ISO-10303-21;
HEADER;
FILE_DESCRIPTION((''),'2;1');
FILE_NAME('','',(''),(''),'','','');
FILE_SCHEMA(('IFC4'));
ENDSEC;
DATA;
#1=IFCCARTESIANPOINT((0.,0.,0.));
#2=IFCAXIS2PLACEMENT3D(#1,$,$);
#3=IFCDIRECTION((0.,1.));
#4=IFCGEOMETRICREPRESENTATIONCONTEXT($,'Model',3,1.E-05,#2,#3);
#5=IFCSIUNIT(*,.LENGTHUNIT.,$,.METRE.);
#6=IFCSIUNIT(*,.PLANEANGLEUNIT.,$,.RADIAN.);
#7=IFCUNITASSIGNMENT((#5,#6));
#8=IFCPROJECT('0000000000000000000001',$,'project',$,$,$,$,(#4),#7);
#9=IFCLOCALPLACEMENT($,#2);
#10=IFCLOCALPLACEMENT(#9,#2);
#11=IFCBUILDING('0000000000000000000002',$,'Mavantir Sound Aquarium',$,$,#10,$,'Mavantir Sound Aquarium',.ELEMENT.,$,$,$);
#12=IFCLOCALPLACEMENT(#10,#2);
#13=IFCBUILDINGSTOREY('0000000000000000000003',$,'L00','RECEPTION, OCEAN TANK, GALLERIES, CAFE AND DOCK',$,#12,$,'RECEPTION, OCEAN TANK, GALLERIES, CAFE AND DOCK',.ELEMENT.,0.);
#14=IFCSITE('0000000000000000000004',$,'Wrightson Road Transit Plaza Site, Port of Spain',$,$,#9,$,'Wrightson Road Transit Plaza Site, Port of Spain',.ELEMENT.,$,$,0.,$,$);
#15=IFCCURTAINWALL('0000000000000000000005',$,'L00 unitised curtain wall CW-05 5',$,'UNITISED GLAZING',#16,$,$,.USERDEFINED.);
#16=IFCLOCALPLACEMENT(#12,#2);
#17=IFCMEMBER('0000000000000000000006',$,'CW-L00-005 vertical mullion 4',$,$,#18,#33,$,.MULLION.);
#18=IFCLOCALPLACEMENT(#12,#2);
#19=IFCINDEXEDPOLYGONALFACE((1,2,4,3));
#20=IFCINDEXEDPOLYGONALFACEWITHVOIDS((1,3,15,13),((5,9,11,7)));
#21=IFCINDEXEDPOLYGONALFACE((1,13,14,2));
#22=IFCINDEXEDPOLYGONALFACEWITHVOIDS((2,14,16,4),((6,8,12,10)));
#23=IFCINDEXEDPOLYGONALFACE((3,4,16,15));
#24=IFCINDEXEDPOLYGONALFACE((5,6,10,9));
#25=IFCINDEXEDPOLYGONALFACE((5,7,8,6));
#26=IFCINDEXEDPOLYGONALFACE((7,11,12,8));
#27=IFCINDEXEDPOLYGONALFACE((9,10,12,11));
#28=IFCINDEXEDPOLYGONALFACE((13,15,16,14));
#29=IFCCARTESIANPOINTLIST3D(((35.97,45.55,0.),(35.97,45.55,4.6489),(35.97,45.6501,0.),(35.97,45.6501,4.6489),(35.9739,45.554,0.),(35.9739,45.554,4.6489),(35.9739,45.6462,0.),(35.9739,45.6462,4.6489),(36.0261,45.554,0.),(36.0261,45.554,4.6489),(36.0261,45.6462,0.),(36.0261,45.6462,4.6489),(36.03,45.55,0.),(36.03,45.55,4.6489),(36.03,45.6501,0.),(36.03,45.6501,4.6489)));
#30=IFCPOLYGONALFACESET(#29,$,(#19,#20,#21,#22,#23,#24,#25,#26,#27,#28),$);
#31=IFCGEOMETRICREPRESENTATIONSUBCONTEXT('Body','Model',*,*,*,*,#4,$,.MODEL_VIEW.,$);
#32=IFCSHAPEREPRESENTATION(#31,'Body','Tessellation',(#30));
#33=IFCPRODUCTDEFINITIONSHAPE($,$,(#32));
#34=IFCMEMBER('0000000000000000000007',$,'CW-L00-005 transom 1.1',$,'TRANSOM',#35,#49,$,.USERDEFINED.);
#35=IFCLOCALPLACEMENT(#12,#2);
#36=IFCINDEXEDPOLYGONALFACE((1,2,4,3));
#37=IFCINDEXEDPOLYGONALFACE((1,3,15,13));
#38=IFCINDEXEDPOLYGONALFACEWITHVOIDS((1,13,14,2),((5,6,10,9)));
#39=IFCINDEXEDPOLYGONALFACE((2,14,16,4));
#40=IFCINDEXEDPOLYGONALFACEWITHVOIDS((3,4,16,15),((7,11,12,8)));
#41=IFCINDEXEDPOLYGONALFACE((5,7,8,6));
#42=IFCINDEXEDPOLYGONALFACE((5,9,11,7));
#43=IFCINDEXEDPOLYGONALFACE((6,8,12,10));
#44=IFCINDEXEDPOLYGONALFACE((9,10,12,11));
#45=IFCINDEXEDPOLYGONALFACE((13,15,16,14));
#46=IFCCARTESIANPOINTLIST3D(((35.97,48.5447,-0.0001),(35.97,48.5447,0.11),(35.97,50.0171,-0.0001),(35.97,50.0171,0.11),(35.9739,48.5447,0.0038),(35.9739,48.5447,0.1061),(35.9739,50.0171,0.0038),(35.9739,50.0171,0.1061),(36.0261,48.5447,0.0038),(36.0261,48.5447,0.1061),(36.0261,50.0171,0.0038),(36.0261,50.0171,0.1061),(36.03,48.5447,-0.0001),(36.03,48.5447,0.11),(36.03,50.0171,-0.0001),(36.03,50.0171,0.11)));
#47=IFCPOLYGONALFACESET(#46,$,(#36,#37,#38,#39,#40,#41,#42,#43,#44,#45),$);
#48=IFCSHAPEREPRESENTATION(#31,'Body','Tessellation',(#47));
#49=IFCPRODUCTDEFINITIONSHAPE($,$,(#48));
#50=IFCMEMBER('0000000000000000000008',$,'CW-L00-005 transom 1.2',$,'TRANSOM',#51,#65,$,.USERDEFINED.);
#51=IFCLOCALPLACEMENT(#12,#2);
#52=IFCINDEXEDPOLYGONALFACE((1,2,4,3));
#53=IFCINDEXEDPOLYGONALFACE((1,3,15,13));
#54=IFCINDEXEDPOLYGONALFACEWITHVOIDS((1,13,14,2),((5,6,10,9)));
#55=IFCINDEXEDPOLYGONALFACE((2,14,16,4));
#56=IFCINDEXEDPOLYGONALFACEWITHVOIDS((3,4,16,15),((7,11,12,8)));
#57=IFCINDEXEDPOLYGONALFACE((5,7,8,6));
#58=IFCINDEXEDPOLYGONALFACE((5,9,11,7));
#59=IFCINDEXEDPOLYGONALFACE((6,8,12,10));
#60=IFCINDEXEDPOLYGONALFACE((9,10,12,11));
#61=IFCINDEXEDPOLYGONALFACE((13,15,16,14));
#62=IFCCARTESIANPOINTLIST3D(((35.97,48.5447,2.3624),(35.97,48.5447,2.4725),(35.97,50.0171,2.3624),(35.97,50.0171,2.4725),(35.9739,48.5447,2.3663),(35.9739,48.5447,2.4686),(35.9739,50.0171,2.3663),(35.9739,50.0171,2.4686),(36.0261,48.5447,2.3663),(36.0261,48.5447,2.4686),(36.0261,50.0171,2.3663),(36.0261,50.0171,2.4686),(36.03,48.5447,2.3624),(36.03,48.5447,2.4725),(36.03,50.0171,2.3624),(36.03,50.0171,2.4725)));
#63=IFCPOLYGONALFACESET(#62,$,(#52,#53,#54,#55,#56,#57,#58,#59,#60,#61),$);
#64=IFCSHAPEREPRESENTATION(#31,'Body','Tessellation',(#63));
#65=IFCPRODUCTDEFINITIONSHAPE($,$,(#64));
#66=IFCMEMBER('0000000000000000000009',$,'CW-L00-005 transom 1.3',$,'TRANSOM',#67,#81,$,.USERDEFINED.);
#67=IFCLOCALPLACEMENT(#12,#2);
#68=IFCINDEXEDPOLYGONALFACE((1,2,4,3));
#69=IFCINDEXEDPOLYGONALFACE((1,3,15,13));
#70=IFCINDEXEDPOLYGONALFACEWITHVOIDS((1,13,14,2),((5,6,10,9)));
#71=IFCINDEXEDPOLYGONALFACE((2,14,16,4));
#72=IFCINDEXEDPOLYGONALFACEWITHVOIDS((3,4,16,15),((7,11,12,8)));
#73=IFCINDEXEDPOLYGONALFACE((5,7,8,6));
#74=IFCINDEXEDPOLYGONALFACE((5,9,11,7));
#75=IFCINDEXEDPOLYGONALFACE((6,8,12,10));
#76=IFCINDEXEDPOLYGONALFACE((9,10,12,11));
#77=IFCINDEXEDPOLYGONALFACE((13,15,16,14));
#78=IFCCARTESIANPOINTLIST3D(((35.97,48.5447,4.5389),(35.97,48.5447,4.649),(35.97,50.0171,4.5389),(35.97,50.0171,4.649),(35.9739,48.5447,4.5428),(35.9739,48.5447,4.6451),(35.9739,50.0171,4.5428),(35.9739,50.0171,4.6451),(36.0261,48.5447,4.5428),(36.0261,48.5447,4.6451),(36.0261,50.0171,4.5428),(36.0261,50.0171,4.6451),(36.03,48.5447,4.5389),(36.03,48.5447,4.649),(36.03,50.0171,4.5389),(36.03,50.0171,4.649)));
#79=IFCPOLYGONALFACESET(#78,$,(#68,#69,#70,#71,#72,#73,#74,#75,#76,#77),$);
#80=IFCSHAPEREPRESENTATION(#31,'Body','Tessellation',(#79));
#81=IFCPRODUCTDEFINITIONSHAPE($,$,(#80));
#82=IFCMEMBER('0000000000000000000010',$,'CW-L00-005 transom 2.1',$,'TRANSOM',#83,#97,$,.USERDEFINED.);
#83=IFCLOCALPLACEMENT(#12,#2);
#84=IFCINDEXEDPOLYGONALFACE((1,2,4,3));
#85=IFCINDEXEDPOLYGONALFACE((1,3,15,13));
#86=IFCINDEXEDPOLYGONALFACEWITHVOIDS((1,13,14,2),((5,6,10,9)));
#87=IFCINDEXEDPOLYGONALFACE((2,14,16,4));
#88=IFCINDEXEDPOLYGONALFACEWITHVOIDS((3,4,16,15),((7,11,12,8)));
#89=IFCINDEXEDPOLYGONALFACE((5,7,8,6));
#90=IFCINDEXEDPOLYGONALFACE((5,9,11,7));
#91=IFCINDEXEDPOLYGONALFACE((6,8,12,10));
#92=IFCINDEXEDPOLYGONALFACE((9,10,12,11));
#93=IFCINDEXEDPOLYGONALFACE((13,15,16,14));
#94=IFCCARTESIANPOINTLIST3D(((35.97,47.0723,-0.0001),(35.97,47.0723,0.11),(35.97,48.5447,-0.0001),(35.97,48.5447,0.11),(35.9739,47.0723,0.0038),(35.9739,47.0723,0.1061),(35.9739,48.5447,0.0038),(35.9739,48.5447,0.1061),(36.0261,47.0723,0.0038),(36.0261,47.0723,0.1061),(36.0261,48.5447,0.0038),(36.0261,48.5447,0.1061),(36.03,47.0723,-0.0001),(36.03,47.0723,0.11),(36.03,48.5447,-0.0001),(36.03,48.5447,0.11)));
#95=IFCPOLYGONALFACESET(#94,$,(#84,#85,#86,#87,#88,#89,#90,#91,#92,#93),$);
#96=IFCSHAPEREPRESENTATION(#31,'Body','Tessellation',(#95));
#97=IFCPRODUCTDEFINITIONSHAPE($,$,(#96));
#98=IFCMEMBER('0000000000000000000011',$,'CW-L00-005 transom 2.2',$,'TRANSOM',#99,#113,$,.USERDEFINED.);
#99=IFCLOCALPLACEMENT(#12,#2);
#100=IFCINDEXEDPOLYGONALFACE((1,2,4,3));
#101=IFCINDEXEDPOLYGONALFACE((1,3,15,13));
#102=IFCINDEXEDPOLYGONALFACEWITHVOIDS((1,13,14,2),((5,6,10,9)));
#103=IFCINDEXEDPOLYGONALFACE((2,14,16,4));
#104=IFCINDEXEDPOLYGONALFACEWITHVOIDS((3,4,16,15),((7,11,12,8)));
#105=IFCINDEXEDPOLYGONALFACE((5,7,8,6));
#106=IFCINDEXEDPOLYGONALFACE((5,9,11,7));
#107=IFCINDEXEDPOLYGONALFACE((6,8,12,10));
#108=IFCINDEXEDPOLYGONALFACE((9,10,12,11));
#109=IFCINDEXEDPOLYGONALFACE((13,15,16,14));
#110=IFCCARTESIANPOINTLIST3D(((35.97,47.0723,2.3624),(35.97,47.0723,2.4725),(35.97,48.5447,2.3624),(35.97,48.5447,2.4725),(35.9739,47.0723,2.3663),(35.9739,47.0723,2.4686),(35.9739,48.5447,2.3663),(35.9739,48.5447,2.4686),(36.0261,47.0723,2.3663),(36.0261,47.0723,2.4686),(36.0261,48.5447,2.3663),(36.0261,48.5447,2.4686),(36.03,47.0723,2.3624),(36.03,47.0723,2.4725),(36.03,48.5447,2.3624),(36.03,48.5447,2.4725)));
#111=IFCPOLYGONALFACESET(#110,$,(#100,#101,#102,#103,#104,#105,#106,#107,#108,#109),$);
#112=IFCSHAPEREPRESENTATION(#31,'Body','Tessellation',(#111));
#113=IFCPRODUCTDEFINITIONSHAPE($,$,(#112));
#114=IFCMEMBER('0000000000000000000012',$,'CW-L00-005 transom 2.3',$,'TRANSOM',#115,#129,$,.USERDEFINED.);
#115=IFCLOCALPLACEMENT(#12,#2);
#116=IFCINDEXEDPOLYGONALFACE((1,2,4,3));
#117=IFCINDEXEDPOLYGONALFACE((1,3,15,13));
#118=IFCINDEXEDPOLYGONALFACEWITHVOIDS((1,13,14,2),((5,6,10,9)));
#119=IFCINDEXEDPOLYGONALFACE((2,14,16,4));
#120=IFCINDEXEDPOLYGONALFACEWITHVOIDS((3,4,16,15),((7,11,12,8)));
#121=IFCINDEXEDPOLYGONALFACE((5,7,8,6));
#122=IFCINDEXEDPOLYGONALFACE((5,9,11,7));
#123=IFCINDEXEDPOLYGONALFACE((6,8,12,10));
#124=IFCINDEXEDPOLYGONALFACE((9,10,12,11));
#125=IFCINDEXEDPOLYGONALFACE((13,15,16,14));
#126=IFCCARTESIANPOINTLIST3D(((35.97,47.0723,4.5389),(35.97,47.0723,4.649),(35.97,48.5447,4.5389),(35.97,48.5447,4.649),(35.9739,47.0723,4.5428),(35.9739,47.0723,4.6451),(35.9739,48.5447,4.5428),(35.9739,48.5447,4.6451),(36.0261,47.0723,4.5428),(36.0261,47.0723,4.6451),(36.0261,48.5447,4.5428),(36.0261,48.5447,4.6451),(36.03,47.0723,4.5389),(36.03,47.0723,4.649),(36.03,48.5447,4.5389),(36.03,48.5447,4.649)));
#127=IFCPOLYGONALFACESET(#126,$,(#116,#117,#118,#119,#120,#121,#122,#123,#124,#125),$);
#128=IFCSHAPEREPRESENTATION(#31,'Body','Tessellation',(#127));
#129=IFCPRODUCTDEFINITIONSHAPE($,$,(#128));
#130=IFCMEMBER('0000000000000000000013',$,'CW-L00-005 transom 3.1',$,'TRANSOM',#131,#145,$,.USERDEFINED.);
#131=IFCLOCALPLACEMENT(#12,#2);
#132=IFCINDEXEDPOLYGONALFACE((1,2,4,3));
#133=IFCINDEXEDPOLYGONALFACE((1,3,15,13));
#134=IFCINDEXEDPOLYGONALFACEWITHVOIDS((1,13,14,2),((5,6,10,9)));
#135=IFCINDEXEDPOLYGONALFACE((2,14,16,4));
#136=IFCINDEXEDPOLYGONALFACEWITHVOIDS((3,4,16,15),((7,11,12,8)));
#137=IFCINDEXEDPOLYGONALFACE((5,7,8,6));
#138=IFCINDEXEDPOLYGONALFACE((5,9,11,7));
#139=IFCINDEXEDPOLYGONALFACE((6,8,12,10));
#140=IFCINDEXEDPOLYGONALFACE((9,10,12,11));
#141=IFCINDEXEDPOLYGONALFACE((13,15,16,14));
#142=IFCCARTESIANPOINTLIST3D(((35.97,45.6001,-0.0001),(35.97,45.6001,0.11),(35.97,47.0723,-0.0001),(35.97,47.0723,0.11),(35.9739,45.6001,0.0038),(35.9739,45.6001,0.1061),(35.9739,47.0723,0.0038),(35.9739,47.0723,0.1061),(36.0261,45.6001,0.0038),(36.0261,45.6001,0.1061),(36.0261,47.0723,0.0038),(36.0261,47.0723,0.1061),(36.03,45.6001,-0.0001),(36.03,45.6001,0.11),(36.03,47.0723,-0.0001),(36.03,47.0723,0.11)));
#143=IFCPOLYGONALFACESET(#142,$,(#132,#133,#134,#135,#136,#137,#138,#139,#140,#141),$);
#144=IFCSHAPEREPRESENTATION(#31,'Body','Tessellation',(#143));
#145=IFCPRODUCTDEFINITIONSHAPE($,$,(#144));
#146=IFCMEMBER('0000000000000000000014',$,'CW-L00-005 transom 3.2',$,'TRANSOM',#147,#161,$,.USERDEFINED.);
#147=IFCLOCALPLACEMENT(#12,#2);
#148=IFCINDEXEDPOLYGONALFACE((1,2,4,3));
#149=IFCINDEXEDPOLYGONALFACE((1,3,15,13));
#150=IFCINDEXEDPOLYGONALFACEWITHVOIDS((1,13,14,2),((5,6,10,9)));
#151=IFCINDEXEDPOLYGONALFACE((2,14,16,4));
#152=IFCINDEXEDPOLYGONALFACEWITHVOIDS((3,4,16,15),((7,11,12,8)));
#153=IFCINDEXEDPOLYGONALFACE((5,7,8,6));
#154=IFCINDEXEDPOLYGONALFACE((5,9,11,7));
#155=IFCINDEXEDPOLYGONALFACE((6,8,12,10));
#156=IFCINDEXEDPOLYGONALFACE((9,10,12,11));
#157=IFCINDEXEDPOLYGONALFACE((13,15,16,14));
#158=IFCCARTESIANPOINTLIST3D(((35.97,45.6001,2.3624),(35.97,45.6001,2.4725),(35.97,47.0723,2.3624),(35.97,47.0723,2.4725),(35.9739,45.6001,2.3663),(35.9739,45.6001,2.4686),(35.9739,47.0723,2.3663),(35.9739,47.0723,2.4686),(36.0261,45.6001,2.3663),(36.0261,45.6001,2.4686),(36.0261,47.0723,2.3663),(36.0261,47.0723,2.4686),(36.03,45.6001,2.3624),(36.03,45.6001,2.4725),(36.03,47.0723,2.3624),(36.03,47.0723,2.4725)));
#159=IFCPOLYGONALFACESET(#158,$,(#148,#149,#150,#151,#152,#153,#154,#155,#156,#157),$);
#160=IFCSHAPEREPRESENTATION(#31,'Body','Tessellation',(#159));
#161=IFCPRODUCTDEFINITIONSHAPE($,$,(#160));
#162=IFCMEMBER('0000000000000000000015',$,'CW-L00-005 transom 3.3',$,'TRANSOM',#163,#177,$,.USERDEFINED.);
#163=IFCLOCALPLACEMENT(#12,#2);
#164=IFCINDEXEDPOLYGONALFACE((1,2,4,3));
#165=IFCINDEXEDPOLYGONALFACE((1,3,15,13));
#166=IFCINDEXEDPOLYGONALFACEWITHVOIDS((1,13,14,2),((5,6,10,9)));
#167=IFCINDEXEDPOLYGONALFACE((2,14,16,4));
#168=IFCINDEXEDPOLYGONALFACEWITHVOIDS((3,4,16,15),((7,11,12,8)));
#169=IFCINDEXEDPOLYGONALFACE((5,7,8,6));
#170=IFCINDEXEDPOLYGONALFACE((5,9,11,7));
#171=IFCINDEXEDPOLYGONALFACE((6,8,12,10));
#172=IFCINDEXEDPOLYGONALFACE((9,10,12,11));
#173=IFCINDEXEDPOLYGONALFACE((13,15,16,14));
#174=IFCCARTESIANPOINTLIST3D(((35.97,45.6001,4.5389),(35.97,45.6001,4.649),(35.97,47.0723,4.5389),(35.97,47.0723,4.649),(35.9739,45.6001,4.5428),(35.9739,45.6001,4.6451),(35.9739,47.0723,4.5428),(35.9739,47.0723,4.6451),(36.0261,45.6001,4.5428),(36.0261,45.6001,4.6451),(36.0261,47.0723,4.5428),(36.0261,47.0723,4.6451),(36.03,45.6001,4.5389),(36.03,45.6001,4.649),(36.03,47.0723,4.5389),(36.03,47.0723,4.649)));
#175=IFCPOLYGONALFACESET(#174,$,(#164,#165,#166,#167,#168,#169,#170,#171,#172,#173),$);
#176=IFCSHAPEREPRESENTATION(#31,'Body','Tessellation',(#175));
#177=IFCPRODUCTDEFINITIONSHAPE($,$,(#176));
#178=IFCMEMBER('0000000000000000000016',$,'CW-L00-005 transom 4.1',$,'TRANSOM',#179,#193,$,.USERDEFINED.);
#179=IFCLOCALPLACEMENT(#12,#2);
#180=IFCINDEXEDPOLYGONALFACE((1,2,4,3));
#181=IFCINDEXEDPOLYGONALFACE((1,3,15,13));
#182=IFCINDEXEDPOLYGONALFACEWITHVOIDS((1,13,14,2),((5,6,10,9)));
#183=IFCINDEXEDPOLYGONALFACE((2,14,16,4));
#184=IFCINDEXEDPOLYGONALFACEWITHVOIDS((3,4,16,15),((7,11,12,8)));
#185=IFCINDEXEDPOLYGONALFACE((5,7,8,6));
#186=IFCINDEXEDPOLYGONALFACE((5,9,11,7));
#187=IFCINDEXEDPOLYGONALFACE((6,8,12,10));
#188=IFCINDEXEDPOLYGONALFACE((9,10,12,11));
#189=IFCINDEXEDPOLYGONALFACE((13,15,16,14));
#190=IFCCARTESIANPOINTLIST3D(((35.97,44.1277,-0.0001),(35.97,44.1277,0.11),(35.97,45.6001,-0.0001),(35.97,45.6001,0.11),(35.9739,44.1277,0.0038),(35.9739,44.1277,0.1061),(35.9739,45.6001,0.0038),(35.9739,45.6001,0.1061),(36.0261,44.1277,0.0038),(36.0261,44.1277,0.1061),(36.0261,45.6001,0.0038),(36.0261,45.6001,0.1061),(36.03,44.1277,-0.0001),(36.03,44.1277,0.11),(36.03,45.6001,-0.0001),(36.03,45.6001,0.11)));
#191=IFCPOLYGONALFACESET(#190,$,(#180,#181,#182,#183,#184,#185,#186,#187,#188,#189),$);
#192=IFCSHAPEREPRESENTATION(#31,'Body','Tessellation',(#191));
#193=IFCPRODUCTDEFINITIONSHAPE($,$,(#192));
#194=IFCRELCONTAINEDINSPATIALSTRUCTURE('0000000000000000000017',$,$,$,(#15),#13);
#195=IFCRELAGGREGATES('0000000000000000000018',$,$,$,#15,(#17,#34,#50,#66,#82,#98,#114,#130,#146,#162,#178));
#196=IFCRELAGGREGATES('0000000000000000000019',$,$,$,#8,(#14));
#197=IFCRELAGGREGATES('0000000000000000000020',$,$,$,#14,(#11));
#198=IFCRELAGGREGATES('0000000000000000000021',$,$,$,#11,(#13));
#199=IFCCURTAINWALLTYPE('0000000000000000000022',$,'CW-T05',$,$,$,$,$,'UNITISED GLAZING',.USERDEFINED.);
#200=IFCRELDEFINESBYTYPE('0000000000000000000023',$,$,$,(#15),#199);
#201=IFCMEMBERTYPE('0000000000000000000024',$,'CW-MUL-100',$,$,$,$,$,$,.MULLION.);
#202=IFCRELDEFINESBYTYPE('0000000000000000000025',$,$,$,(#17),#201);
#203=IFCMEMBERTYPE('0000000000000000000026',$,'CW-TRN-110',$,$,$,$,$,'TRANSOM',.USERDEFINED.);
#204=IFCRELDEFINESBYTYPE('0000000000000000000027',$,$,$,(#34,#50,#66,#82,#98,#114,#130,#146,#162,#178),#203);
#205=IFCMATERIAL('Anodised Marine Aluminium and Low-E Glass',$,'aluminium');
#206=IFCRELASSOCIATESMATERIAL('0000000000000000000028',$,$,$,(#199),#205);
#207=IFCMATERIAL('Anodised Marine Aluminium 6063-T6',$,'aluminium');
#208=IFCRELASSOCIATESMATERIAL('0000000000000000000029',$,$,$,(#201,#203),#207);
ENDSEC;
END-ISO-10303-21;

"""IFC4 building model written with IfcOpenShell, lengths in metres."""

from ifc_helpers import new_model, si_unit, direction, frame, origin, origin_2d, place, context, subcontext, project, spatial, hollow_rectangle, extrude, material, material_profile, profile_set, type_object, element, aggregate, save


model = new_model("IFC4")

# Units and contexts
model_context = context("Model", 3, precision=1e-05, world=origin(), true_north=direction((0.0, 1.0)))
body_context = subcontext(model_context, "Body", "Model", "MODEL_VIEW")
ifc_project = project(units=[si_unit("LENGTHUNIT", "METRE"), si_unit("PLANEANGLEUNIT", "RADIAN")], contexts=[model_context])

# Site, building, storey
site_placement = place(None, origin())
site = spatial("IfcSite", under=ifc_project, at=site_placement, Name="Wrightson Road Transit Plaza Site, Port of Spain", LongName="Wrightson Road Transit Plaza Site, Port of Spain", CompositionType="ELEMENT", RefElevation=0.0)
building_placement = place(site_placement, origin())
building = spatial("IfcBuilding", under=site, at=building_placement, Name="Mavantir Sound Aquarium", LongName="Mavantir Sound Aquarium", CompositionType="ELEMENT")
storey_placement = place(building_placement, origin())
storey = spatial("IfcBuildingStorey", under=building, at=storey_placement, Name="L00", Description="RECEPTION, OCEAN TANK, GALLERIES, CAFE AND DOCK", LongName="RECEPTION, OCEAN TANK, GALLERIES, CAFE AND DOCK", CompositionType="ELEMENT", Elevation=0.0)

# Curtain wall, members
ifc_material_1 = material(Name="Anodised Marine Aluminium and Low-E Glass", Category="aluminium")
curtain_wall_type = type_object("IfcCurtainWallType", Name="CW-T05", ElementType="UNITISED GLAZING", PredefinedType="USERDEFINED", material=ifc_material_1)
curtain_wall_placement = place(storey_placement, origin())
curtain_wall = element("IfcCurtainWall", 1, at=curtain_wall_placement, inside=storey, type_object=curtain_wall_type, Name="L00 unitised curtain wall CW-05 5", ObjectType="UNITISED GLAZING", PredefinedType="USERDEFINED")
ifc_material_2 = material(Name="Anodised Marine Aluminium 6063-T6", Category="aluminium")
ifc_material_profile_1 = material_profile(ifc_material_2, hollow_rectangle(XDim=0.0601, YDim=0.1001, WallThickness=0.0039, at=origin_2d()), Name="ALU-MULLION-100X60")
ifc_profile_set_1 = profile_set([ifc_material_profile_1], Name="Anodised Marine Aluminium 6063-T6")
member_type_1 = type_object("IfcMemberType", Name="CW-MUL-100", PredefinedType="MULLION", material=ifc_profile_set_1)
member_1_placement = place(storey_placement, frame((36.0, 45.6001, 0.0), z_axis=(0.0, 0.0, 1.0), x_axis=(1.0, 0.0, 0.0)))
member_1 = element("IfcMember", 2, at=member_1_placement, type_object=member_type_1, Name="CW-L00-005 vertical mullion 4", PredefinedType="MULLION", context=body_context, shape_type="SweptSolid", body=[
    extrude(hollow_rectangle(XDim=0.0601, YDim=0.1001, WallThickness=0.0039, at=origin_2d()), origin(), (0.0, 0.0, 1.0), 4.6489),
])
ifc_material_profile_2 = material_profile(ifc_material_2, hollow_rectangle(XDim=0.0601, YDim=0.1101, WallThickness=0.0039, at=origin_2d()), Name="ALU-TRANSOM-110X60")
ifc_profile_set_2 = profile_set([ifc_material_profile_2], Name="Anodised Marine Aluminium 6063-T6")
member_type_2 = type_object("IfcMemberType", Name="CW-TRN-110", ElementType="TRANSOM", PredefinedType="USERDEFINED", material=ifc_profile_set_2)
member_2_placement = place(storey_placement, frame((36.0, 50.0171, 0.0549), z_axis=(0.0, -1.0, 0.0), x_axis=(1.0, 0.0, 0.0)))
member_2 = element("IfcMember", 3, at=member_2_placement, type_object=member_type_2, Name="CW-L00-005 transom 1.1", ObjectType="TRANSOM", PredefinedType="USERDEFINED", context=body_context, shape_type="SweptSolid", body=[
    extrude(hollow_rectangle(XDim=0.0601, YDim=0.1101, WallThickness=0.0039, at=origin_2d()), origin(), (0.0, 0.0, 1.0), 1.4724),
])
member_3_placement = place(storey_placement, frame((36.0, 50.0171, 2.4175), z_axis=(0.0, -1.0, 0.0), x_axis=(1.0, 0.0, 0.0)))
member_3 = element("IfcMember", 4, at=member_3_placement, type_object=member_type_2, Name="CW-L00-005 transom 1.2", ObjectType="TRANSOM", PredefinedType="USERDEFINED", context=body_context, shape_type="SweptSolid", body=[
    extrude(hollow_rectangle(XDim=0.0601, YDim=0.1101, WallThickness=0.0039, at=origin_2d()), origin(), (0.0, 0.0, 1.0), 1.4724),
])
member_4_placement = place(storey_placement, frame((36.0, 50.0171, 4.594), z_axis=(0.0, -1.0, 0.0), x_axis=(1.0, 0.0, 0.0)))
member_4 = element("IfcMember", 5, at=member_4_placement, type_object=member_type_2, Name="CW-L00-005 transom 1.3", ObjectType="TRANSOM", PredefinedType="USERDEFINED", context=body_context, shape_type="SweptSolid", body=[
    extrude(hollow_rectangle(XDim=0.0601, YDim=0.1101, WallThickness=0.0039, at=origin_2d()), origin(), (0.0, 0.0, 1.0), 1.4724),
])
member_5_placement = place(storey_placement, frame((36.0, 48.5447, 0.0549), z_axis=(0.0, -1.0, 0.0), x_axis=(1.0, 0.0, 0.0)))
member_5 = element("IfcMember", 6, at=member_5_placement, type_object=member_type_2, Name="CW-L00-005 transom 2.1", ObjectType="TRANSOM", PredefinedType="USERDEFINED", context=body_context, shape_type="SweptSolid", body=[
    extrude(hollow_rectangle(XDim=0.0601, YDim=0.1101, WallThickness=0.0039, at=origin_2d()), origin(), (0.0, 0.0, 1.0), 1.4724),
])
member_6_placement = place(storey_placement, frame((36.0, 48.5447, 2.4175), z_axis=(0.0, -1.0, 0.0), x_axis=(1.0, 0.0, 0.0)))
member_6 = element("IfcMember", 7, at=member_6_placement, type_object=member_type_2, Name="CW-L00-005 transom 2.2", ObjectType="TRANSOM", PredefinedType="USERDEFINED", context=body_context, shape_type="SweptSolid", body=[
    extrude(hollow_rectangle(XDim=0.0601, YDim=0.1101, WallThickness=0.0039, at=origin_2d()), origin(), (0.0, 0.0, 1.0), 1.4724),
])
member_7_placement = place(storey_placement, frame((36.0, 48.5447, 4.594), z_axis=(0.0, -1.0, 0.0), x_axis=(1.0, 0.0, 0.0)))
member_7 = element("IfcMember", 8, at=member_7_placement, type_object=member_type_2, Name="CW-L00-005 transom 2.3", ObjectType="TRANSOM", PredefinedType="USERDEFINED", context=body_context, shape_type="SweptSolid", body=[
    extrude(hollow_rectangle(XDim=0.0601, YDim=0.1101, WallThickness=0.0039, at=origin_2d()), origin(), (0.0, 0.0, 1.0), 1.4724),
])
member_8_placement = place(storey_placement, frame((36.0, 47.0723, 0.0549), z_axis=(0.0, -1.0, 0.0), x_axis=(1.0, 0.0, 0.0)))
member_8 = element("IfcMember", 9, at=member_8_placement, type_object=member_type_2, Name="CW-L00-005 transom 3.1", ObjectType="TRANSOM", PredefinedType="USERDEFINED", context=body_context, shape_type="SweptSolid", body=[
    extrude(hollow_rectangle(XDim=0.0601, YDim=0.1101, WallThickness=0.0039, at=origin_2d()), origin(), (0.0, 0.0, 1.0), 1.4722),
])
member_9_placement = place(storey_placement, frame((36.0, 47.0723, 2.4175), z_axis=(0.0, -1.0, 0.0), x_axis=(1.0, 0.0, 0.0)))
member_9 = element("IfcMember", 10, at=member_9_placement, type_object=member_type_2, Name="CW-L00-005 transom 3.2", ObjectType="TRANSOM", PredefinedType="USERDEFINED", context=body_context, shape_type="SweptSolid", body=[
    extrude(hollow_rectangle(XDim=0.0601, YDim=0.1101, WallThickness=0.0039, at=origin_2d()), origin(), (0.0, 0.0, 1.0), 1.4722),
])
member_10_placement = place(storey_placement, frame((36.0, 47.0723, 4.594), z_axis=(0.0, -1.0, 0.0), x_axis=(1.0, 0.0, 0.0)))
member_10 = element("IfcMember", 11, at=member_10_placement, type_object=member_type_2, Name="CW-L00-005 transom 3.3", ObjectType="TRANSOM", PredefinedType="USERDEFINED", context=body_context, shape_type="SweptSolid", body=[
    extrude(hollow_rectangle(XDim=0.0601, YDim=0.1101, WallThickness=0.0039, at=origin_2d()), origin(), (0.0, 0.0, 1.0), 1.4722),
])
member_11_placement = place(storey_placement, frame((36.0, 45.6001, 0.0549), z_axis=(0.0, -1.0, 0.0), x_axis=(1.0, 0.0, 0.0)))
member_11 = element("IfcMember", 12, at=member_11_placement, type_object=member_type_2, Name="CW-L00-005 transom 4.1", ObjectType="TRANSOM", PredefinedType="USERDEFINED", context=body_context, shape_type="SweptSolid", body=[
    extrude(hollow_rectangle(XDim=0.0601, YDim=0.1101, WallThickness=0.0039, at=origin_2d()), origin(), (0.0, 0.0, 1.0), 1.4724),
])
aggregate(curtain_wall, [member_1, member_2, member_3, member_4, member_5, member_6, member_7, member_8, member_9, member_10, member_11])

save(model, "model.ifc")
